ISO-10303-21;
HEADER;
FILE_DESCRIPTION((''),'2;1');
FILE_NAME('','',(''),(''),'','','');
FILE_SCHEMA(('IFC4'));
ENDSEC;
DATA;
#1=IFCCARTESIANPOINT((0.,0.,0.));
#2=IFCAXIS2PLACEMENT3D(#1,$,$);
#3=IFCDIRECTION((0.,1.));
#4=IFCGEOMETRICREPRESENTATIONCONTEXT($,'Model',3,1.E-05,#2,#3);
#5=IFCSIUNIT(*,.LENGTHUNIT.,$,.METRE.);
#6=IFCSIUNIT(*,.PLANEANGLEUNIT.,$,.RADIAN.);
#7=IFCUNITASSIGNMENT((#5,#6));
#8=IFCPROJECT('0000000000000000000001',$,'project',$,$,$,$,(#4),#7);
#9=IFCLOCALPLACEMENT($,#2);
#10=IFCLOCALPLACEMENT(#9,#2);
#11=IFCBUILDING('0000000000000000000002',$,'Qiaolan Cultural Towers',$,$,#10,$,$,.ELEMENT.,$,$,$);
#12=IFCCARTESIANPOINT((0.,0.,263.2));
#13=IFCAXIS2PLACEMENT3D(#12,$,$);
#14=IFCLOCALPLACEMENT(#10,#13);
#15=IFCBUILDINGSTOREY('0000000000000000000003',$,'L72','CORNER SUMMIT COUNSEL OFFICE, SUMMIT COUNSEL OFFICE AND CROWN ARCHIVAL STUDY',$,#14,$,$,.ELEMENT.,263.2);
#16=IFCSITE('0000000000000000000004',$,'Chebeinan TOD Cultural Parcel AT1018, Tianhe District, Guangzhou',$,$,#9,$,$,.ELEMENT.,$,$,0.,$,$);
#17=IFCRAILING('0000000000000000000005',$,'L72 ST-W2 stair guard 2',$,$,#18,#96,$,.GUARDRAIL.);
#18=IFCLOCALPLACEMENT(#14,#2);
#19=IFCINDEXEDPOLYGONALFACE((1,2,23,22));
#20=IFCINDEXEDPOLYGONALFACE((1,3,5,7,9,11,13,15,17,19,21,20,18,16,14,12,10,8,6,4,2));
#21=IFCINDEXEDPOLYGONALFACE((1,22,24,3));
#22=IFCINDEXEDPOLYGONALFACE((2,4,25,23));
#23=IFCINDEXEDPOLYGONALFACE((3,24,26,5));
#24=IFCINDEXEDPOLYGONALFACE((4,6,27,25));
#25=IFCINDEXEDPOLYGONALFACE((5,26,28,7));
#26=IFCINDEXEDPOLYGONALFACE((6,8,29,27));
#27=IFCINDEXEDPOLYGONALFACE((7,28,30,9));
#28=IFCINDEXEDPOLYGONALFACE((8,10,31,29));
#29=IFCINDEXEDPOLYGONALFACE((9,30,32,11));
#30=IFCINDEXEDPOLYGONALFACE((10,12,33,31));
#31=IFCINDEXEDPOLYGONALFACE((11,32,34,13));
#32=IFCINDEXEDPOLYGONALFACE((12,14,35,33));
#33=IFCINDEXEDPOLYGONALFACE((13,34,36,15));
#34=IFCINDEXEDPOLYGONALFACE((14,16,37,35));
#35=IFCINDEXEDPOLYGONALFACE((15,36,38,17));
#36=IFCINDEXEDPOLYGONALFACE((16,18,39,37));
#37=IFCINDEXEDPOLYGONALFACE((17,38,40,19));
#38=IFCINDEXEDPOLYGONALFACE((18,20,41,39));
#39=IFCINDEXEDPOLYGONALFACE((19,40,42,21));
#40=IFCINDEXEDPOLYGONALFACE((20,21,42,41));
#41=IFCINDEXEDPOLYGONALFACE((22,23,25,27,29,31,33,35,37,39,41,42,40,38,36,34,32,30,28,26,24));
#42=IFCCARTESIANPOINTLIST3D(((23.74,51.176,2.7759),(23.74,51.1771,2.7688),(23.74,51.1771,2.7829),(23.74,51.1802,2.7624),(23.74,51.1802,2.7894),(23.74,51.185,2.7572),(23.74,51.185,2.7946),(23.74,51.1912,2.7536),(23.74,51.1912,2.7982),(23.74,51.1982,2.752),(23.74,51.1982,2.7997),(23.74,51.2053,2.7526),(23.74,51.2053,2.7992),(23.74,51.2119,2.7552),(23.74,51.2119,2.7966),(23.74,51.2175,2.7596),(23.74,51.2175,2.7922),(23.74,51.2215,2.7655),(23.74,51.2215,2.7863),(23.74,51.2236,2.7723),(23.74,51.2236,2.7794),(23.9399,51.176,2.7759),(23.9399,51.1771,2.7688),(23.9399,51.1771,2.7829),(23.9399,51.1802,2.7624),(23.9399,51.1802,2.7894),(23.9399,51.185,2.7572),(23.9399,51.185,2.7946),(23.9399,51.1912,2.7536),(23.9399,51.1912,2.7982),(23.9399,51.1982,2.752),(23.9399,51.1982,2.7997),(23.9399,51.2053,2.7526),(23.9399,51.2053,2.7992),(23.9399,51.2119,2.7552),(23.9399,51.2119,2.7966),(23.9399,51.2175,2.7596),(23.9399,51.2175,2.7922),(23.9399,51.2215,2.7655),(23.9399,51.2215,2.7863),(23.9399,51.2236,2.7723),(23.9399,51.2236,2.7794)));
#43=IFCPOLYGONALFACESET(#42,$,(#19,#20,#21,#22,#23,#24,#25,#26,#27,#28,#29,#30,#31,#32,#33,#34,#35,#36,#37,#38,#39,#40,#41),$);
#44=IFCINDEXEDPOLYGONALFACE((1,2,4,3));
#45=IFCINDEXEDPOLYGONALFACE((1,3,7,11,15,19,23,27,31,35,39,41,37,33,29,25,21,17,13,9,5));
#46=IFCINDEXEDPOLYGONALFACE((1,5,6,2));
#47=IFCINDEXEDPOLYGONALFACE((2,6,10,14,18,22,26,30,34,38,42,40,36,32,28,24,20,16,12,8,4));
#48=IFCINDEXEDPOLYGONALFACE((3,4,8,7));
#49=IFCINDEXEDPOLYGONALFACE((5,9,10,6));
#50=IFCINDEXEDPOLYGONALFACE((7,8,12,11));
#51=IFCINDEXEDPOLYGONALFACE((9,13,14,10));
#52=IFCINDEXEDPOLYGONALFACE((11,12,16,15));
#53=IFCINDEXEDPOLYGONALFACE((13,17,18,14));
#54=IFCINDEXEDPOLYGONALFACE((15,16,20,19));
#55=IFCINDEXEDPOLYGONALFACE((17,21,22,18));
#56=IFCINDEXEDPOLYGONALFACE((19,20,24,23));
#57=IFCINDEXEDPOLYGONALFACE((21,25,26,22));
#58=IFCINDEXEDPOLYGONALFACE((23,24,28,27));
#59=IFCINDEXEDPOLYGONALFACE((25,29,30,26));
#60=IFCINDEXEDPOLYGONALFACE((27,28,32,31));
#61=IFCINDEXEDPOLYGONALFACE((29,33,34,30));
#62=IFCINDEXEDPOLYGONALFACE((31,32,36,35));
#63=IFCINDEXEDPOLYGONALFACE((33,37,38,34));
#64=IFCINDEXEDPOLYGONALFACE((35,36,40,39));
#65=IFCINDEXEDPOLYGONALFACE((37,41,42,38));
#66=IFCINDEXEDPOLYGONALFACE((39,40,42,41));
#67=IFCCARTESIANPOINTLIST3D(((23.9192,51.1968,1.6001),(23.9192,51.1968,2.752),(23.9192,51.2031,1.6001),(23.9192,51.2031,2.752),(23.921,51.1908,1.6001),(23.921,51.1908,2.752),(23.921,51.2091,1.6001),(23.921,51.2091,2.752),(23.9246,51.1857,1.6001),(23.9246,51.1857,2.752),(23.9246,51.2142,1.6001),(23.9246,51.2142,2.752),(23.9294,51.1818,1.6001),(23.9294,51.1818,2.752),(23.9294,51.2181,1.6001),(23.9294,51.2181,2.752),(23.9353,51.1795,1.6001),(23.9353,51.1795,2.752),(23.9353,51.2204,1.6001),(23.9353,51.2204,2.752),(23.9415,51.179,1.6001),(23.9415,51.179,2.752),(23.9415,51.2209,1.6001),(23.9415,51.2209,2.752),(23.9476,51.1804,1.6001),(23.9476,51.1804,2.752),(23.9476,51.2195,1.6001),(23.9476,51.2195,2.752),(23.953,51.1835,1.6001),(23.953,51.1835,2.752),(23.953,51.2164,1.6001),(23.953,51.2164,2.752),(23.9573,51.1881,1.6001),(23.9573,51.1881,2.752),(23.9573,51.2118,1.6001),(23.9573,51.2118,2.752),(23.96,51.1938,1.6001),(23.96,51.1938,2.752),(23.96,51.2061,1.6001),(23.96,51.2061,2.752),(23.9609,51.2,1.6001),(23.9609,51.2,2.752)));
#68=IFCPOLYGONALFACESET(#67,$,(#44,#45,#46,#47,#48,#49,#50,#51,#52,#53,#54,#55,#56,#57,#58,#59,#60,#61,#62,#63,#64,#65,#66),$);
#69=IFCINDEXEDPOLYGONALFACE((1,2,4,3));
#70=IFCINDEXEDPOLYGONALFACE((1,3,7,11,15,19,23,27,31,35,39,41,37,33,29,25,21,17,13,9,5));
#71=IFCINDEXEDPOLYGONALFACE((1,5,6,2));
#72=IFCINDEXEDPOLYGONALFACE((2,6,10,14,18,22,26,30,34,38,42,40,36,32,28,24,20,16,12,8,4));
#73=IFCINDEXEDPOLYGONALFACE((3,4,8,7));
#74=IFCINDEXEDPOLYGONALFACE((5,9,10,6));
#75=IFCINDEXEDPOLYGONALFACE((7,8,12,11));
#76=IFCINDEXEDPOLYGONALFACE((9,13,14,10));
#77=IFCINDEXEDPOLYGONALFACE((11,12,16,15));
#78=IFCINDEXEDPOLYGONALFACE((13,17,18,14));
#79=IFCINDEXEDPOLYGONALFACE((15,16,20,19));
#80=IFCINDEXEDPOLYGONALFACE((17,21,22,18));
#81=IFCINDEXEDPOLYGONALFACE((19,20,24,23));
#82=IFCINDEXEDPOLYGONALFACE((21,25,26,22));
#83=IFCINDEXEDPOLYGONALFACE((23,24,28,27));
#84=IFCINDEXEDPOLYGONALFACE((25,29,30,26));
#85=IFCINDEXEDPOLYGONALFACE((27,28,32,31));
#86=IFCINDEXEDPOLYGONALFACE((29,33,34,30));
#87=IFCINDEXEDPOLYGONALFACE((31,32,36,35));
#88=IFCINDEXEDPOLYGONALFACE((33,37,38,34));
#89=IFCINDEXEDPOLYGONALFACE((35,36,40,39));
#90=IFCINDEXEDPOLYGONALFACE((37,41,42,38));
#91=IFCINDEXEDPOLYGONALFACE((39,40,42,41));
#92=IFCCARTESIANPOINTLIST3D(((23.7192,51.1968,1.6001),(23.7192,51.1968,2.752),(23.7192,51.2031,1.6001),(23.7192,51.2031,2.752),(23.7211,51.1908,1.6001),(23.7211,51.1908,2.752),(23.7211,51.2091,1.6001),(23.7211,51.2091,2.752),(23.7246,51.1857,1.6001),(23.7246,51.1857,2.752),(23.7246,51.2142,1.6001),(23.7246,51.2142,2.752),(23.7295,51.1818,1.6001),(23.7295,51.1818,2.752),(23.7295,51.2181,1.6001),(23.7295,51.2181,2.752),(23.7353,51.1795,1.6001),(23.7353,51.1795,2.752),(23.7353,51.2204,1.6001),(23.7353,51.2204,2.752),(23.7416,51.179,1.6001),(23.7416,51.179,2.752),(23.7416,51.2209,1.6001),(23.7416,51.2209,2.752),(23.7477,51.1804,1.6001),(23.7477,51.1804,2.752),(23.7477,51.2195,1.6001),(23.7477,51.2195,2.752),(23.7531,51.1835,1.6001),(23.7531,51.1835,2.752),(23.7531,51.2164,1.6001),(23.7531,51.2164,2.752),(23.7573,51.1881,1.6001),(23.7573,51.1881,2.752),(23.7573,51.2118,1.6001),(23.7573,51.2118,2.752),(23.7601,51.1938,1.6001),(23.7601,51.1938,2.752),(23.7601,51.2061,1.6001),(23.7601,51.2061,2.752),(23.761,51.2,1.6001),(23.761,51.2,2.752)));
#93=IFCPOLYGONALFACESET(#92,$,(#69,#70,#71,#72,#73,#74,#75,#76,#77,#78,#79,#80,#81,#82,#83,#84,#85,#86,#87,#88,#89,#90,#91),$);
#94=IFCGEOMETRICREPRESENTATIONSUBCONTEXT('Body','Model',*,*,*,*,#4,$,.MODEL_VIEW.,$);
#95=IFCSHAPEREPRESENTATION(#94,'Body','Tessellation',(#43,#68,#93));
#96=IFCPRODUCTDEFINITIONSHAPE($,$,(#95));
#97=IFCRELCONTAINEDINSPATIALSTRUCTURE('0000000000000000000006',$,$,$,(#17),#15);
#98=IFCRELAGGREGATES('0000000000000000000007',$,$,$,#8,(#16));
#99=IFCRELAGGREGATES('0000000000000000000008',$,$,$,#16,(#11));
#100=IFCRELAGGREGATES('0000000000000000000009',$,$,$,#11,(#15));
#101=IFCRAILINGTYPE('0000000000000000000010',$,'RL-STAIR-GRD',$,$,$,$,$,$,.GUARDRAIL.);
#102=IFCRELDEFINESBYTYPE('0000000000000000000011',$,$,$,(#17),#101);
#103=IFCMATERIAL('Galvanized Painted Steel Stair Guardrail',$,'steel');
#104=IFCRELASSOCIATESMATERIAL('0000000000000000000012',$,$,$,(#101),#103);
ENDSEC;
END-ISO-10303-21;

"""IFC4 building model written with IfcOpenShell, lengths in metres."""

from ifc_helpers import new_model, si_unit, direction, frame, origin, origin_2d, place, context, subcontext, project, spatial, circle, extrude, material, type_object, element, save


model = new_model("IFC4")

# Units and contexts
model_context = context("Model", 3, precision=1e-05, world=origin(), true_north=direction((0.0, 1.0)))
body_context = subcontext(model_context, "Body", "Model", "MODEL_VIEW")
ifc_project = project(units=[si_unit("LENGTHUNIT", "METRE"), si_unit("PLANEANGLEUNIT", "RADIAN")], contexts=[model_context])

# Site, building, storey
site_placement = place(None, origin())
site = spatial("IfcSite", under=ifc_project, at=site_placement, Name="Chebeinan TOD Cultural Parcel AT1018, Tianhe District, Guangzhou", CompositionType="ELEMENT", RefElevation=0.0)
building_placement = place(site_placement, origin())
building = spatial("IfcBuilding", under=site, at=building_placement, Name="Qiaolan Cultural Towers", CompositionType="ELEMENT")
storey_placement = place(building_placement, frame((0.0, 0.0, 263.2)))
storey = spatial("IfcBuildingStorey", under=building, at=storey_placement, Name="L72", Description="CORNER SUMMIT COUNSEL OFFICE, SUMMIT COUNSEL OFFICE AND CROWN ARCHIVAL STUDY", CompositionType="ELEMENT", Elevation=263.2)

# Railing
ifc_material_1 = material(Name="Galvanized Painted Steel Stair Guardrail", Category="steel")
railing_type_1 = type_object("IfcRailingType", Name="RL-STAIR-GRD", PredefinedType="GUARDRAIL", material=ifc_material_1)
railing_1_placement = place(storey_placement, frame((23.9399, 51.2, 1.6001)))
element("IfcRailing", 1, at=railing_1_placement, inside=storey, type_object=railing_type_1, Name="L72 ST-W2 stair guard 2", PredefinedType="GUARDRAIL", context=body_context, shape_type="SweptSolid", body=[
    extrude(circle(Radius=0.0239, at=origin_2d()), frame((0.0, 0.0, 1.1758), z_axis=(-1.0, 0.0, 0.0), x_axis=(0.0, -1.0, 0.0)), (0.0, 0.0, 1.0), 0.2),
    extrude(circle(Radius=0.021, at=origin_2d()), origin(), (0.0, 0.0, 1.0), 1.1519),
    extrude(circle(Radius=0.021, at=origin_2d()), frame((-0.2, 0.0, 0.0)), (0.0, 0.0, 1.0), 1.1519),
])

save(model, "model.ifc")
